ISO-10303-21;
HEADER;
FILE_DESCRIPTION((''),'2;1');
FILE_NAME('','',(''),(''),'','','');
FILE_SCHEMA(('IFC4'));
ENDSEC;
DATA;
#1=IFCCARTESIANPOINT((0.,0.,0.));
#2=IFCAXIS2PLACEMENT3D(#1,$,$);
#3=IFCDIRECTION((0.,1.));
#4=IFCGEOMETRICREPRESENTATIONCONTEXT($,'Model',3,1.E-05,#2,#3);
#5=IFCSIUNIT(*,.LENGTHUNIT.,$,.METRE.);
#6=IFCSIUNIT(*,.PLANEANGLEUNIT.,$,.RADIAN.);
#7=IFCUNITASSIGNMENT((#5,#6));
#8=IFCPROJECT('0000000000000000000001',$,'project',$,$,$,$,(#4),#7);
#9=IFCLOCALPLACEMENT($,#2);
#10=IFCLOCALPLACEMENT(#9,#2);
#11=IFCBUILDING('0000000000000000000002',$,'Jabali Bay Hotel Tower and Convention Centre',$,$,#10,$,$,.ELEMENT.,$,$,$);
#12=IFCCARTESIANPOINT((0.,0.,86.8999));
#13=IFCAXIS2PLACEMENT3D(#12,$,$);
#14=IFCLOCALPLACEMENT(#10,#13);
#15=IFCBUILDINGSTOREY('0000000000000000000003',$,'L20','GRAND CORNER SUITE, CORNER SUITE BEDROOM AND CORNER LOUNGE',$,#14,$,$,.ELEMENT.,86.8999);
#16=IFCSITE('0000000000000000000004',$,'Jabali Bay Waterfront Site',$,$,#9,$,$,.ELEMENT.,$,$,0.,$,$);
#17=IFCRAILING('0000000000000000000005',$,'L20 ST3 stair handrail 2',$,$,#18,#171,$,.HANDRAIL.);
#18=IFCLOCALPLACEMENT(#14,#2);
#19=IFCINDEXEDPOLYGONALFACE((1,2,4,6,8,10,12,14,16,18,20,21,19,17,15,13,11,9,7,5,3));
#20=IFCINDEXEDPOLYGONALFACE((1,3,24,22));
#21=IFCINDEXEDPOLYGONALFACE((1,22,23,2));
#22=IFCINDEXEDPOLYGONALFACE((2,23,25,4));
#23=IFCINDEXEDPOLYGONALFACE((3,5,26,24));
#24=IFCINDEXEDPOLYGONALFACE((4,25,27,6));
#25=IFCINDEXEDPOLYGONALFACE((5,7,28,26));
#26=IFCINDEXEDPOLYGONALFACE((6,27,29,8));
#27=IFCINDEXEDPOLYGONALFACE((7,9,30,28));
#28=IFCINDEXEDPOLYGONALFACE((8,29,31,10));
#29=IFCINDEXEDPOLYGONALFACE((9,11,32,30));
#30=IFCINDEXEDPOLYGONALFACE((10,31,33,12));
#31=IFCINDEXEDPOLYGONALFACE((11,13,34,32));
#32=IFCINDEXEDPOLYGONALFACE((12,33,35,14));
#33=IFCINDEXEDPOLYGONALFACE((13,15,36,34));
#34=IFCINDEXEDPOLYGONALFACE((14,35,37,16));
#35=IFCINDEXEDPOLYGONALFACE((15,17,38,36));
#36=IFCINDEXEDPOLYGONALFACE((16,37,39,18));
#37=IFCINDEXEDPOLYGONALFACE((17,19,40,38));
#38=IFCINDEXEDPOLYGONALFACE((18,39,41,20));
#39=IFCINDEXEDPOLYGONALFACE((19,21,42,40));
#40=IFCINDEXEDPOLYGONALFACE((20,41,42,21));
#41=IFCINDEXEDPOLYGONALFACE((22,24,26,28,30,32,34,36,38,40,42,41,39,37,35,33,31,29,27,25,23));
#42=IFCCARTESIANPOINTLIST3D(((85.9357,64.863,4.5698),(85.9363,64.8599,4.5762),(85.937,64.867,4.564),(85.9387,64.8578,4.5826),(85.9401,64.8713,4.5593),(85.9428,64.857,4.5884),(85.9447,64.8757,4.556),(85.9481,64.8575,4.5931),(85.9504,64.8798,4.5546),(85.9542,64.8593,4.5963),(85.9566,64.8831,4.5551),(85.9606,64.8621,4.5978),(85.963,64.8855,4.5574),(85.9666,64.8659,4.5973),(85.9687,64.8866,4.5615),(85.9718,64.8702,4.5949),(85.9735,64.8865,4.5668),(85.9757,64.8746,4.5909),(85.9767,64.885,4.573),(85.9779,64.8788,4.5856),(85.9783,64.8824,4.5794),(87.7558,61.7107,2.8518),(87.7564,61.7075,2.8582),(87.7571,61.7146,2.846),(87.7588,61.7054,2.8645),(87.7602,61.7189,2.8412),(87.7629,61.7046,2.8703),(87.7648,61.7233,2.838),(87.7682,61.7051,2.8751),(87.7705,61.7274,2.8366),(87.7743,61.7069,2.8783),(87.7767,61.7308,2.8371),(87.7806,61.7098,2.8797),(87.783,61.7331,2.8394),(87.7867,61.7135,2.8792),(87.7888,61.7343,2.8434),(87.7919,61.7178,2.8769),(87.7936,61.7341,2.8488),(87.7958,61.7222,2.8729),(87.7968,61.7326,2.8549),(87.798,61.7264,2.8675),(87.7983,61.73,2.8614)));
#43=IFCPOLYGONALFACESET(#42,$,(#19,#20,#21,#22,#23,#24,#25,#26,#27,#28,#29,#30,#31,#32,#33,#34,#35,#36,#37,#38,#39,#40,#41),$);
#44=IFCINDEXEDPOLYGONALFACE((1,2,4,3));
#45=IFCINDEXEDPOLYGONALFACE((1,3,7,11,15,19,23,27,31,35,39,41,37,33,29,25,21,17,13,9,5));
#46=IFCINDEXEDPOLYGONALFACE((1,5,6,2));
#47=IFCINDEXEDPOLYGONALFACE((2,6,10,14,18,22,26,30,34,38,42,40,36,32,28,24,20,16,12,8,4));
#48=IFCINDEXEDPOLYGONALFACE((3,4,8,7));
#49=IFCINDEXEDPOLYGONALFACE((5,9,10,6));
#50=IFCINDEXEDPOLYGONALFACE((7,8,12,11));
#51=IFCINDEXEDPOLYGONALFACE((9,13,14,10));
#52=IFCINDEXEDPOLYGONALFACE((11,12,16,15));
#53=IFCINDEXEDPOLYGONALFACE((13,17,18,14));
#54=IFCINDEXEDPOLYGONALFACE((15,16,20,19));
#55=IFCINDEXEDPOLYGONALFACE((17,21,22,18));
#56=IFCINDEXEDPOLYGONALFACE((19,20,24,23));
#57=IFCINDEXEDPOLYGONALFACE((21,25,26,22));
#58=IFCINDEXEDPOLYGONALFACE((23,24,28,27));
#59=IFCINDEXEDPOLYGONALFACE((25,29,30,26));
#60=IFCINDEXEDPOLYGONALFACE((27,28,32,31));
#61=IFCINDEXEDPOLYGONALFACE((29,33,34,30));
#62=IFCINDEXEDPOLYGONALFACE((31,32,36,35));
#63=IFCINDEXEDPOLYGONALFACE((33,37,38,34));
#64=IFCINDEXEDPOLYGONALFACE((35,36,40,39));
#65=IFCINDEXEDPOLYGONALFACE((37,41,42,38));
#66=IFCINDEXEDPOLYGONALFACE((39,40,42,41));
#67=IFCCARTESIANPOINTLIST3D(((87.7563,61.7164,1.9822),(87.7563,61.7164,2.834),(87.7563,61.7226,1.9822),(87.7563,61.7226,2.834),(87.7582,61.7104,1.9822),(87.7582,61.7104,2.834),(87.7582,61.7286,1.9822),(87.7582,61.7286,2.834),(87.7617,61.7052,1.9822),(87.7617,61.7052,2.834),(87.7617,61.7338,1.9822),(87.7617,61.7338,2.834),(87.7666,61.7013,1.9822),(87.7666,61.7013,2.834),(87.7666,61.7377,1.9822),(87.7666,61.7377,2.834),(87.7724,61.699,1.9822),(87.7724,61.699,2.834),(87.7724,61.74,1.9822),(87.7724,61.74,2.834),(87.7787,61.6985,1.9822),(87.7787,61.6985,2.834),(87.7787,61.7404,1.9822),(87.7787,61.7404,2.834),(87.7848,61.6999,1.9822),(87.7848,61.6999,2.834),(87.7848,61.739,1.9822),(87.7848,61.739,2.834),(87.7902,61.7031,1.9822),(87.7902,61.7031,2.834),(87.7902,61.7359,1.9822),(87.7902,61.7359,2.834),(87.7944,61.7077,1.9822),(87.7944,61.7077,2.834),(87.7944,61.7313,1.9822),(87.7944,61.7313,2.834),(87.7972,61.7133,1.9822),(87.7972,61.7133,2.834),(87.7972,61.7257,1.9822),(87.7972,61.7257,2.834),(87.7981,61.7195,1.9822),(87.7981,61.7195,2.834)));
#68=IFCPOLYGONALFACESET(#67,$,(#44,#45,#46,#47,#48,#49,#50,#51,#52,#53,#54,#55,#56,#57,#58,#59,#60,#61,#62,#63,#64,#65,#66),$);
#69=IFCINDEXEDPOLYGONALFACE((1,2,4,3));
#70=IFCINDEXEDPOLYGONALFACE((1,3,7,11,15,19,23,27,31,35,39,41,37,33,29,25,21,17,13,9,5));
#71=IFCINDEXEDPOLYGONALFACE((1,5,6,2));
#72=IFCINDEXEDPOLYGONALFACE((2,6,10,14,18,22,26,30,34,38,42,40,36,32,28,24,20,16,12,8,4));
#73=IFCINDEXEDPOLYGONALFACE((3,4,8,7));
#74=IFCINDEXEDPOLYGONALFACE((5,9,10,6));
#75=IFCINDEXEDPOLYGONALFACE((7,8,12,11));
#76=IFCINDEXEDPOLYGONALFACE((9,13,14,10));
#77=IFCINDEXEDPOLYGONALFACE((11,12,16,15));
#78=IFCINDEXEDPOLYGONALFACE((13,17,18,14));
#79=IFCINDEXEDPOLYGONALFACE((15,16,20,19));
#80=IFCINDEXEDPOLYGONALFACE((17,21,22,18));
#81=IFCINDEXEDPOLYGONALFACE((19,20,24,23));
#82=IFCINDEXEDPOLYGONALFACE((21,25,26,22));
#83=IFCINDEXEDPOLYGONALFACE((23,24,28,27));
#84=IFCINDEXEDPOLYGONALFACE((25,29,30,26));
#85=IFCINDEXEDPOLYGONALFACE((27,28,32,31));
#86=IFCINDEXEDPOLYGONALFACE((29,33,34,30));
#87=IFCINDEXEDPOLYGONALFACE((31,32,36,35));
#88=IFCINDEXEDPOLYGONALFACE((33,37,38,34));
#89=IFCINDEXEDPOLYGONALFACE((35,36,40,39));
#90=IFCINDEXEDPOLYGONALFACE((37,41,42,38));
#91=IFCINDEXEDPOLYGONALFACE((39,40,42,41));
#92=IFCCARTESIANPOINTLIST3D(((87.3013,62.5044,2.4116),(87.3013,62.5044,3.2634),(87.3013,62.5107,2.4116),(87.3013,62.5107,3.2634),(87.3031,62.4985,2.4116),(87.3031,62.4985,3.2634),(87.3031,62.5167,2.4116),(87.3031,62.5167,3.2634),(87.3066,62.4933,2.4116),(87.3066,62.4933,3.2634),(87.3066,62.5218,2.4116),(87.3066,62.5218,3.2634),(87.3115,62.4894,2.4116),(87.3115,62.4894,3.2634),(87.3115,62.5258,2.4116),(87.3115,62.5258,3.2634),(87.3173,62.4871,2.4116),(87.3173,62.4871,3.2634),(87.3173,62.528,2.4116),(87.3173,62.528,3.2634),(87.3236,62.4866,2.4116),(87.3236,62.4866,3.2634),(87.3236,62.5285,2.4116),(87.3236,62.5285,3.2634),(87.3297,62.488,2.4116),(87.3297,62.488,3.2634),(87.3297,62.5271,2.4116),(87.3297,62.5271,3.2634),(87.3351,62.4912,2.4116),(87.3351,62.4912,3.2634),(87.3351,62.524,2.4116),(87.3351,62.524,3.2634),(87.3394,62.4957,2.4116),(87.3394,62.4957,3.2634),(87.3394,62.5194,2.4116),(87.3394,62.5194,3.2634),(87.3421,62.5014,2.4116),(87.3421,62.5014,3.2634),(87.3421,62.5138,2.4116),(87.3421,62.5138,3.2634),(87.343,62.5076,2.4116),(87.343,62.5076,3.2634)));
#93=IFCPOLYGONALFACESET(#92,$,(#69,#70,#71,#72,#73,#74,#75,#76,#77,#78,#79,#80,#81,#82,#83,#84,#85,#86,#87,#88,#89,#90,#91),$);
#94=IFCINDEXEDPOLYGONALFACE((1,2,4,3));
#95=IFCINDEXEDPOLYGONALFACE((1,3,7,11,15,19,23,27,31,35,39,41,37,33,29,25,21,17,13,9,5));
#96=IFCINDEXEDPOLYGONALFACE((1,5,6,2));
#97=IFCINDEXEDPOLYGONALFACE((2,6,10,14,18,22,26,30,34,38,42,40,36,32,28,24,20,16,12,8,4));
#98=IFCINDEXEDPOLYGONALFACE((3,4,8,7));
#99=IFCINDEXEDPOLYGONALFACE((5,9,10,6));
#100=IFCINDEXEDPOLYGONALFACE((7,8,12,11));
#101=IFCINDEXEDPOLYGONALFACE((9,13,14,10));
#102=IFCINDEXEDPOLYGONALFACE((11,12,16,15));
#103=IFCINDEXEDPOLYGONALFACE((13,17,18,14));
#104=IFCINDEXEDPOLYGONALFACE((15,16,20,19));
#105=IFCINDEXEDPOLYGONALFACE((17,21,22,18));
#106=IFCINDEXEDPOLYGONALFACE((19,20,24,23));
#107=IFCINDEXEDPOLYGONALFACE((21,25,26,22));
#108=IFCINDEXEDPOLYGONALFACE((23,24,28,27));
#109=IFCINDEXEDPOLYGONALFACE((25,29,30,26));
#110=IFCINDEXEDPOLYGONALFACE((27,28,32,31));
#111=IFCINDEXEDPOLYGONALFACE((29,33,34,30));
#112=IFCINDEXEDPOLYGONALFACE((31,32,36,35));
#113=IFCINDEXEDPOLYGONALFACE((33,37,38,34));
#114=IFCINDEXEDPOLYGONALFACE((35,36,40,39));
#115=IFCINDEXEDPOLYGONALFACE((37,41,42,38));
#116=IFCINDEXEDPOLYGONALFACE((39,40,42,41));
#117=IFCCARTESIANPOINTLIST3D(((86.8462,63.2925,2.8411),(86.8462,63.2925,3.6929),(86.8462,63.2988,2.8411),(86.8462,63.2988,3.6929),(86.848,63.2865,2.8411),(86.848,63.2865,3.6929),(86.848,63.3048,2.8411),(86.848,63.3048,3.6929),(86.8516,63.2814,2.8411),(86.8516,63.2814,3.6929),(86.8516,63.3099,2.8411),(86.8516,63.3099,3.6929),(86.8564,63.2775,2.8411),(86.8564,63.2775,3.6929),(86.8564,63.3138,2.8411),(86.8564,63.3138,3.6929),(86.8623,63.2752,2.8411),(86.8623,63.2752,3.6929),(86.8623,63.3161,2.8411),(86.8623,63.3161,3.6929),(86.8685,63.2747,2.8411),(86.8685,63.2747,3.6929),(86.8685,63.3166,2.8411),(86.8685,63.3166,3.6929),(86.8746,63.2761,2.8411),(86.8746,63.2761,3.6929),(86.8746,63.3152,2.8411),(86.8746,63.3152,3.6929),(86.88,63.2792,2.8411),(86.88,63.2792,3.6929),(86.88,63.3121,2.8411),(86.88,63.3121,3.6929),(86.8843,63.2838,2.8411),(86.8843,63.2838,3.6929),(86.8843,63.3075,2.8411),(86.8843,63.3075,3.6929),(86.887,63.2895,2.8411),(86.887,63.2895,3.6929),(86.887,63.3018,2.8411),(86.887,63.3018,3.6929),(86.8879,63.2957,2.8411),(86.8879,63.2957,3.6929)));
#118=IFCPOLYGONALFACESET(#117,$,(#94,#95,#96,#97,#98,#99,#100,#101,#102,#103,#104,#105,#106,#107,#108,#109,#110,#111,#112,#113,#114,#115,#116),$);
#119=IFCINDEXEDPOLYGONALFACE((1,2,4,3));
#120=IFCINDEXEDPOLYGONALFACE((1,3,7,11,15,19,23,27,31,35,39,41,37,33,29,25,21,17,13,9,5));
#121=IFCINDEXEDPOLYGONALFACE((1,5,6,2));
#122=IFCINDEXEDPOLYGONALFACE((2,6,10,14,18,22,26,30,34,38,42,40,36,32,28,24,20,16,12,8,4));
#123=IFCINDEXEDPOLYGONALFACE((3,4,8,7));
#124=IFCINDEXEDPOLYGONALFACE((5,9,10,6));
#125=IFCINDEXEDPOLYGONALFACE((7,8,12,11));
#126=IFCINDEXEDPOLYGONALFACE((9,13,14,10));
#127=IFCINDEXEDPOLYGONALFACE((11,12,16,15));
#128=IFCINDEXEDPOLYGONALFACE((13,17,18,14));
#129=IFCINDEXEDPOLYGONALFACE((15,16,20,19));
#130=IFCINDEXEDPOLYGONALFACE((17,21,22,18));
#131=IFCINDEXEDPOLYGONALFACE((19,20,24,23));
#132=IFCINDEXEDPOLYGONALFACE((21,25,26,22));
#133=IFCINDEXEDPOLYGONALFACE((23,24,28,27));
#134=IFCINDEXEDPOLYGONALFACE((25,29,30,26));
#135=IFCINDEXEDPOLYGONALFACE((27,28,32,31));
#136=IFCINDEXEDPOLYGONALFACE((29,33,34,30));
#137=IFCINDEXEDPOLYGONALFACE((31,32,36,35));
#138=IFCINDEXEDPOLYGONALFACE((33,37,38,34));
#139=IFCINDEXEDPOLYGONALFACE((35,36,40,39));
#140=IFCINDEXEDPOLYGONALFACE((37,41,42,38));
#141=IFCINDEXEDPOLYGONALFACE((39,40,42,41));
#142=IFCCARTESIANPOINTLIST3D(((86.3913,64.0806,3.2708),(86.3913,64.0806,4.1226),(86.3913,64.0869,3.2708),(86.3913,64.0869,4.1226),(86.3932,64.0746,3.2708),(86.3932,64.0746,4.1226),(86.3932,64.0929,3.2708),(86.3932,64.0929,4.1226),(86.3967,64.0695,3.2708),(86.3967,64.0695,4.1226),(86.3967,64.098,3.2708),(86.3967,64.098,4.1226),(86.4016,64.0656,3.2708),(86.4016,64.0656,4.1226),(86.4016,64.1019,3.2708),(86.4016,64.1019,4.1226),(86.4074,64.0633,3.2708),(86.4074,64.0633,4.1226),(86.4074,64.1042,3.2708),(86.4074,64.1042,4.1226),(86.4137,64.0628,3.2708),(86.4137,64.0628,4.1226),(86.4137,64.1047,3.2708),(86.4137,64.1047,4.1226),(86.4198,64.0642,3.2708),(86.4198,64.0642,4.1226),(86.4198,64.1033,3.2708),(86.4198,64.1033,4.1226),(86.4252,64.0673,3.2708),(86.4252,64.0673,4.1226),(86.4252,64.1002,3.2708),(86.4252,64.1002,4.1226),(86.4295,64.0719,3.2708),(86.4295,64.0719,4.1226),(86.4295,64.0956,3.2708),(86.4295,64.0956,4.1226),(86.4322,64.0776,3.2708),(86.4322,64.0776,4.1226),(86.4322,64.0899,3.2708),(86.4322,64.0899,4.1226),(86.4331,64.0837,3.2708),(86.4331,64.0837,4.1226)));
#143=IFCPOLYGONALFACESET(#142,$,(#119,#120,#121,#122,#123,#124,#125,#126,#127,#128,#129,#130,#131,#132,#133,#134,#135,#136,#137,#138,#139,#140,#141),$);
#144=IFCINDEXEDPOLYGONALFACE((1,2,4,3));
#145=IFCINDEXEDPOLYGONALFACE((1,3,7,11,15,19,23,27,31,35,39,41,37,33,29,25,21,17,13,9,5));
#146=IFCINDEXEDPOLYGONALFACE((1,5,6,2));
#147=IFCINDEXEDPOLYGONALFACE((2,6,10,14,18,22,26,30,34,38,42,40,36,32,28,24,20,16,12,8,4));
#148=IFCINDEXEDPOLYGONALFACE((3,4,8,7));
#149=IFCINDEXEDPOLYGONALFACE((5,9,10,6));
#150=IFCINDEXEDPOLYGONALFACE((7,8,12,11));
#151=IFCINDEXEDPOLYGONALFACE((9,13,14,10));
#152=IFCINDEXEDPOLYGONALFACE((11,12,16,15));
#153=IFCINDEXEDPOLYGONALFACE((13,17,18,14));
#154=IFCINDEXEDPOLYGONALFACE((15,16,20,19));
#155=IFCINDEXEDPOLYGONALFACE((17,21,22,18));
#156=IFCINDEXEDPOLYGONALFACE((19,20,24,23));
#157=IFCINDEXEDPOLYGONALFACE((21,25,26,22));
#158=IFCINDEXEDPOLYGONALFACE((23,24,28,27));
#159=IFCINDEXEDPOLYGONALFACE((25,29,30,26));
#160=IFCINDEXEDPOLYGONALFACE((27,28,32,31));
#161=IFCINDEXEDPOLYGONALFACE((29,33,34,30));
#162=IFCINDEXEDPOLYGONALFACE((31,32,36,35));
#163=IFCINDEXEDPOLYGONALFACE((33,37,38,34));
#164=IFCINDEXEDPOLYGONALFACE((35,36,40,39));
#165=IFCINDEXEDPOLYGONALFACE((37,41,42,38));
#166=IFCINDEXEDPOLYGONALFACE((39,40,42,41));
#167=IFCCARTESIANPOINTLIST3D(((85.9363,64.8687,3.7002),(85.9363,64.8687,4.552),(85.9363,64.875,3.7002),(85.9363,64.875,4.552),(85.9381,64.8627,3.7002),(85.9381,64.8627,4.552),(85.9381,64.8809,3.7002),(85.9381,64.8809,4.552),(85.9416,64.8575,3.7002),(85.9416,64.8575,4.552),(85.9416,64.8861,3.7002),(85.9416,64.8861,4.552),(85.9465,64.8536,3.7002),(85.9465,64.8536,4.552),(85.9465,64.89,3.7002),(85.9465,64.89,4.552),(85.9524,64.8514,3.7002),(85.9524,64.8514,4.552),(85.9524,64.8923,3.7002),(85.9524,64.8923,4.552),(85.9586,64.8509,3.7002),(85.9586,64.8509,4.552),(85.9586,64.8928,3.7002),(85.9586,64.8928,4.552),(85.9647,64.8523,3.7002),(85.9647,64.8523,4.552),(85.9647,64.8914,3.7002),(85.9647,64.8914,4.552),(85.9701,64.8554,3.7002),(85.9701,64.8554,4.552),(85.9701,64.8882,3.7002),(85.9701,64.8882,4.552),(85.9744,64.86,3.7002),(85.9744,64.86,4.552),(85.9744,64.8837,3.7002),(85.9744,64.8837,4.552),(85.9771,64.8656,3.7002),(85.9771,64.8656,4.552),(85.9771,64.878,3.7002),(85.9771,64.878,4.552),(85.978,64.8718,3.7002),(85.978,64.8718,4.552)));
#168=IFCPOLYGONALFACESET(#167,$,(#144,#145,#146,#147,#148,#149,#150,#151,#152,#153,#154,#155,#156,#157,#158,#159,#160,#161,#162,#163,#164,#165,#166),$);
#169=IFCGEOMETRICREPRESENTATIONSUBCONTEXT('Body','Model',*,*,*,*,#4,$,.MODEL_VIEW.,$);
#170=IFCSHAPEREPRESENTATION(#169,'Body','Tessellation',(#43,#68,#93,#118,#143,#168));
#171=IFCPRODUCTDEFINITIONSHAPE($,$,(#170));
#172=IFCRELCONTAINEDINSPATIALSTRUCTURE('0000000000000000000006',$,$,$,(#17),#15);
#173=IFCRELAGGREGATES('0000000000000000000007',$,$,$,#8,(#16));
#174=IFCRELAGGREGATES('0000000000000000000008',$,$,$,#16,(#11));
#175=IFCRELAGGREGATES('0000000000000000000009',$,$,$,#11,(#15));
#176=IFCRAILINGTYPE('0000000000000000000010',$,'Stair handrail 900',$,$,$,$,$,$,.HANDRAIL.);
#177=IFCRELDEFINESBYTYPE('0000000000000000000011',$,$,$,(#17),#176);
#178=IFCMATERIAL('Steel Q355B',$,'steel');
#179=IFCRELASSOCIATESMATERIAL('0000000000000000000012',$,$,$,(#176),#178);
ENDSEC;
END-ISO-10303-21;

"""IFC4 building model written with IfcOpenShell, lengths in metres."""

from ifc_helpers import new_model, si_unit, direction, frame, origin, origin_2d, place, context, subcontext, project, spatial, circle, extrude, material, type_object, element, save


model = new_model("IFC4")

# Units and contexts
model_context = context("Model", 3, precision=1e-05, world=origin(), true_north=direction((0.0, 1.0)))
body_context = subcontext(model_context, "Body", "Model", "MODEL_VIEW")
ifc_project = project(units=[si_unit("LENGTHUNIT", "METRE"), si_unit("PLANEANGLEUNIT", "RADIAN")], contexts=[model_context])

# Site, building, storey
site_placement = place(None, origin())
site = spatial("IfcSite", under=ifc_project, at=site_placement, Name="Jabali Bay Waterfront Site", CompositionType="ELEMENT", RefElevation=0.0)
building_placement = place(site_placement, origin())
building = spatial("IfcBuilding", under=site, at=building_placement, Name="Jabali Bay Hotel Tower and Convention Centre", CompositionType="ELEMENT")
storey_placement = place(building_placement, frame((0.0, 0.0, 86.8999)))
storey = spatial("IfcBuildingStorey", under=building, at=storey_placement, Name="L20", Description="GRAND CORNER SUITE, CORNER SUITE BEDROOM AND CORNER LOUNGE", CompositionType="ELEMENT", Elevation=86.8999)

# Railing
ifc_material_1 = material(Name="Steel Q355B", Category="steel")
railing_type_1 = type_object("IfcRailingType", Name="Stair handrail 900", PredefinedType="HANDRAIL", material=ifc_material_1)
railing_1_placement = place(storey_placement, frame((87.7771, 61.7195, 1.9822)))
element("IfcRailing", 1, at=railing_1_placement, inside=storey, type_object=railing_type_1, Name="L20 ST3 stair handrail 2", PredefinedType="HANDRAIL", context=body_context, shape_type="SweptSolid", body=[
    extrude(circle(Radius=0.0239, at=origin_2d()), frame((0.0, 0.0, 0.876), z_axis=(-0.452179, 0.78317, 0.426825), x_axis=(-0.866018, -0.500013, 0.0)), (0.0, 0.0, 1.0), 4.0251),
    extrude(circle(Radius=0.021, at=origin_2d()), origin(), (0.0, 0.0, 1.0), 0.8518),
    extrude(circle(Radius=0.021, at=origin_2d()), frame((-0.4551, 0.7881, 0.4294)), (0.0, 0.0, 1.0), 0.8518),
    extrude(circle(Radius=0.021, at=origin_2d()), frame((-0.9102, 1.5762, 0.8589)), (0.0, 0.0, 1.0), 0.8518),
    extrude(circle(Radius=0.021, at=origin_2d()), frame((-1.365, 2.3643, 1.2886)), (0.0, 0.0, 1.0), 0.8518),
    extrude(circle(Radius=0.021, at=origin_2d()), frame((-1.8201, 3.1523, 1.718)), (0.0, 0.0, 1.0), 0.8518),
])

save(model, "model.ifc")
